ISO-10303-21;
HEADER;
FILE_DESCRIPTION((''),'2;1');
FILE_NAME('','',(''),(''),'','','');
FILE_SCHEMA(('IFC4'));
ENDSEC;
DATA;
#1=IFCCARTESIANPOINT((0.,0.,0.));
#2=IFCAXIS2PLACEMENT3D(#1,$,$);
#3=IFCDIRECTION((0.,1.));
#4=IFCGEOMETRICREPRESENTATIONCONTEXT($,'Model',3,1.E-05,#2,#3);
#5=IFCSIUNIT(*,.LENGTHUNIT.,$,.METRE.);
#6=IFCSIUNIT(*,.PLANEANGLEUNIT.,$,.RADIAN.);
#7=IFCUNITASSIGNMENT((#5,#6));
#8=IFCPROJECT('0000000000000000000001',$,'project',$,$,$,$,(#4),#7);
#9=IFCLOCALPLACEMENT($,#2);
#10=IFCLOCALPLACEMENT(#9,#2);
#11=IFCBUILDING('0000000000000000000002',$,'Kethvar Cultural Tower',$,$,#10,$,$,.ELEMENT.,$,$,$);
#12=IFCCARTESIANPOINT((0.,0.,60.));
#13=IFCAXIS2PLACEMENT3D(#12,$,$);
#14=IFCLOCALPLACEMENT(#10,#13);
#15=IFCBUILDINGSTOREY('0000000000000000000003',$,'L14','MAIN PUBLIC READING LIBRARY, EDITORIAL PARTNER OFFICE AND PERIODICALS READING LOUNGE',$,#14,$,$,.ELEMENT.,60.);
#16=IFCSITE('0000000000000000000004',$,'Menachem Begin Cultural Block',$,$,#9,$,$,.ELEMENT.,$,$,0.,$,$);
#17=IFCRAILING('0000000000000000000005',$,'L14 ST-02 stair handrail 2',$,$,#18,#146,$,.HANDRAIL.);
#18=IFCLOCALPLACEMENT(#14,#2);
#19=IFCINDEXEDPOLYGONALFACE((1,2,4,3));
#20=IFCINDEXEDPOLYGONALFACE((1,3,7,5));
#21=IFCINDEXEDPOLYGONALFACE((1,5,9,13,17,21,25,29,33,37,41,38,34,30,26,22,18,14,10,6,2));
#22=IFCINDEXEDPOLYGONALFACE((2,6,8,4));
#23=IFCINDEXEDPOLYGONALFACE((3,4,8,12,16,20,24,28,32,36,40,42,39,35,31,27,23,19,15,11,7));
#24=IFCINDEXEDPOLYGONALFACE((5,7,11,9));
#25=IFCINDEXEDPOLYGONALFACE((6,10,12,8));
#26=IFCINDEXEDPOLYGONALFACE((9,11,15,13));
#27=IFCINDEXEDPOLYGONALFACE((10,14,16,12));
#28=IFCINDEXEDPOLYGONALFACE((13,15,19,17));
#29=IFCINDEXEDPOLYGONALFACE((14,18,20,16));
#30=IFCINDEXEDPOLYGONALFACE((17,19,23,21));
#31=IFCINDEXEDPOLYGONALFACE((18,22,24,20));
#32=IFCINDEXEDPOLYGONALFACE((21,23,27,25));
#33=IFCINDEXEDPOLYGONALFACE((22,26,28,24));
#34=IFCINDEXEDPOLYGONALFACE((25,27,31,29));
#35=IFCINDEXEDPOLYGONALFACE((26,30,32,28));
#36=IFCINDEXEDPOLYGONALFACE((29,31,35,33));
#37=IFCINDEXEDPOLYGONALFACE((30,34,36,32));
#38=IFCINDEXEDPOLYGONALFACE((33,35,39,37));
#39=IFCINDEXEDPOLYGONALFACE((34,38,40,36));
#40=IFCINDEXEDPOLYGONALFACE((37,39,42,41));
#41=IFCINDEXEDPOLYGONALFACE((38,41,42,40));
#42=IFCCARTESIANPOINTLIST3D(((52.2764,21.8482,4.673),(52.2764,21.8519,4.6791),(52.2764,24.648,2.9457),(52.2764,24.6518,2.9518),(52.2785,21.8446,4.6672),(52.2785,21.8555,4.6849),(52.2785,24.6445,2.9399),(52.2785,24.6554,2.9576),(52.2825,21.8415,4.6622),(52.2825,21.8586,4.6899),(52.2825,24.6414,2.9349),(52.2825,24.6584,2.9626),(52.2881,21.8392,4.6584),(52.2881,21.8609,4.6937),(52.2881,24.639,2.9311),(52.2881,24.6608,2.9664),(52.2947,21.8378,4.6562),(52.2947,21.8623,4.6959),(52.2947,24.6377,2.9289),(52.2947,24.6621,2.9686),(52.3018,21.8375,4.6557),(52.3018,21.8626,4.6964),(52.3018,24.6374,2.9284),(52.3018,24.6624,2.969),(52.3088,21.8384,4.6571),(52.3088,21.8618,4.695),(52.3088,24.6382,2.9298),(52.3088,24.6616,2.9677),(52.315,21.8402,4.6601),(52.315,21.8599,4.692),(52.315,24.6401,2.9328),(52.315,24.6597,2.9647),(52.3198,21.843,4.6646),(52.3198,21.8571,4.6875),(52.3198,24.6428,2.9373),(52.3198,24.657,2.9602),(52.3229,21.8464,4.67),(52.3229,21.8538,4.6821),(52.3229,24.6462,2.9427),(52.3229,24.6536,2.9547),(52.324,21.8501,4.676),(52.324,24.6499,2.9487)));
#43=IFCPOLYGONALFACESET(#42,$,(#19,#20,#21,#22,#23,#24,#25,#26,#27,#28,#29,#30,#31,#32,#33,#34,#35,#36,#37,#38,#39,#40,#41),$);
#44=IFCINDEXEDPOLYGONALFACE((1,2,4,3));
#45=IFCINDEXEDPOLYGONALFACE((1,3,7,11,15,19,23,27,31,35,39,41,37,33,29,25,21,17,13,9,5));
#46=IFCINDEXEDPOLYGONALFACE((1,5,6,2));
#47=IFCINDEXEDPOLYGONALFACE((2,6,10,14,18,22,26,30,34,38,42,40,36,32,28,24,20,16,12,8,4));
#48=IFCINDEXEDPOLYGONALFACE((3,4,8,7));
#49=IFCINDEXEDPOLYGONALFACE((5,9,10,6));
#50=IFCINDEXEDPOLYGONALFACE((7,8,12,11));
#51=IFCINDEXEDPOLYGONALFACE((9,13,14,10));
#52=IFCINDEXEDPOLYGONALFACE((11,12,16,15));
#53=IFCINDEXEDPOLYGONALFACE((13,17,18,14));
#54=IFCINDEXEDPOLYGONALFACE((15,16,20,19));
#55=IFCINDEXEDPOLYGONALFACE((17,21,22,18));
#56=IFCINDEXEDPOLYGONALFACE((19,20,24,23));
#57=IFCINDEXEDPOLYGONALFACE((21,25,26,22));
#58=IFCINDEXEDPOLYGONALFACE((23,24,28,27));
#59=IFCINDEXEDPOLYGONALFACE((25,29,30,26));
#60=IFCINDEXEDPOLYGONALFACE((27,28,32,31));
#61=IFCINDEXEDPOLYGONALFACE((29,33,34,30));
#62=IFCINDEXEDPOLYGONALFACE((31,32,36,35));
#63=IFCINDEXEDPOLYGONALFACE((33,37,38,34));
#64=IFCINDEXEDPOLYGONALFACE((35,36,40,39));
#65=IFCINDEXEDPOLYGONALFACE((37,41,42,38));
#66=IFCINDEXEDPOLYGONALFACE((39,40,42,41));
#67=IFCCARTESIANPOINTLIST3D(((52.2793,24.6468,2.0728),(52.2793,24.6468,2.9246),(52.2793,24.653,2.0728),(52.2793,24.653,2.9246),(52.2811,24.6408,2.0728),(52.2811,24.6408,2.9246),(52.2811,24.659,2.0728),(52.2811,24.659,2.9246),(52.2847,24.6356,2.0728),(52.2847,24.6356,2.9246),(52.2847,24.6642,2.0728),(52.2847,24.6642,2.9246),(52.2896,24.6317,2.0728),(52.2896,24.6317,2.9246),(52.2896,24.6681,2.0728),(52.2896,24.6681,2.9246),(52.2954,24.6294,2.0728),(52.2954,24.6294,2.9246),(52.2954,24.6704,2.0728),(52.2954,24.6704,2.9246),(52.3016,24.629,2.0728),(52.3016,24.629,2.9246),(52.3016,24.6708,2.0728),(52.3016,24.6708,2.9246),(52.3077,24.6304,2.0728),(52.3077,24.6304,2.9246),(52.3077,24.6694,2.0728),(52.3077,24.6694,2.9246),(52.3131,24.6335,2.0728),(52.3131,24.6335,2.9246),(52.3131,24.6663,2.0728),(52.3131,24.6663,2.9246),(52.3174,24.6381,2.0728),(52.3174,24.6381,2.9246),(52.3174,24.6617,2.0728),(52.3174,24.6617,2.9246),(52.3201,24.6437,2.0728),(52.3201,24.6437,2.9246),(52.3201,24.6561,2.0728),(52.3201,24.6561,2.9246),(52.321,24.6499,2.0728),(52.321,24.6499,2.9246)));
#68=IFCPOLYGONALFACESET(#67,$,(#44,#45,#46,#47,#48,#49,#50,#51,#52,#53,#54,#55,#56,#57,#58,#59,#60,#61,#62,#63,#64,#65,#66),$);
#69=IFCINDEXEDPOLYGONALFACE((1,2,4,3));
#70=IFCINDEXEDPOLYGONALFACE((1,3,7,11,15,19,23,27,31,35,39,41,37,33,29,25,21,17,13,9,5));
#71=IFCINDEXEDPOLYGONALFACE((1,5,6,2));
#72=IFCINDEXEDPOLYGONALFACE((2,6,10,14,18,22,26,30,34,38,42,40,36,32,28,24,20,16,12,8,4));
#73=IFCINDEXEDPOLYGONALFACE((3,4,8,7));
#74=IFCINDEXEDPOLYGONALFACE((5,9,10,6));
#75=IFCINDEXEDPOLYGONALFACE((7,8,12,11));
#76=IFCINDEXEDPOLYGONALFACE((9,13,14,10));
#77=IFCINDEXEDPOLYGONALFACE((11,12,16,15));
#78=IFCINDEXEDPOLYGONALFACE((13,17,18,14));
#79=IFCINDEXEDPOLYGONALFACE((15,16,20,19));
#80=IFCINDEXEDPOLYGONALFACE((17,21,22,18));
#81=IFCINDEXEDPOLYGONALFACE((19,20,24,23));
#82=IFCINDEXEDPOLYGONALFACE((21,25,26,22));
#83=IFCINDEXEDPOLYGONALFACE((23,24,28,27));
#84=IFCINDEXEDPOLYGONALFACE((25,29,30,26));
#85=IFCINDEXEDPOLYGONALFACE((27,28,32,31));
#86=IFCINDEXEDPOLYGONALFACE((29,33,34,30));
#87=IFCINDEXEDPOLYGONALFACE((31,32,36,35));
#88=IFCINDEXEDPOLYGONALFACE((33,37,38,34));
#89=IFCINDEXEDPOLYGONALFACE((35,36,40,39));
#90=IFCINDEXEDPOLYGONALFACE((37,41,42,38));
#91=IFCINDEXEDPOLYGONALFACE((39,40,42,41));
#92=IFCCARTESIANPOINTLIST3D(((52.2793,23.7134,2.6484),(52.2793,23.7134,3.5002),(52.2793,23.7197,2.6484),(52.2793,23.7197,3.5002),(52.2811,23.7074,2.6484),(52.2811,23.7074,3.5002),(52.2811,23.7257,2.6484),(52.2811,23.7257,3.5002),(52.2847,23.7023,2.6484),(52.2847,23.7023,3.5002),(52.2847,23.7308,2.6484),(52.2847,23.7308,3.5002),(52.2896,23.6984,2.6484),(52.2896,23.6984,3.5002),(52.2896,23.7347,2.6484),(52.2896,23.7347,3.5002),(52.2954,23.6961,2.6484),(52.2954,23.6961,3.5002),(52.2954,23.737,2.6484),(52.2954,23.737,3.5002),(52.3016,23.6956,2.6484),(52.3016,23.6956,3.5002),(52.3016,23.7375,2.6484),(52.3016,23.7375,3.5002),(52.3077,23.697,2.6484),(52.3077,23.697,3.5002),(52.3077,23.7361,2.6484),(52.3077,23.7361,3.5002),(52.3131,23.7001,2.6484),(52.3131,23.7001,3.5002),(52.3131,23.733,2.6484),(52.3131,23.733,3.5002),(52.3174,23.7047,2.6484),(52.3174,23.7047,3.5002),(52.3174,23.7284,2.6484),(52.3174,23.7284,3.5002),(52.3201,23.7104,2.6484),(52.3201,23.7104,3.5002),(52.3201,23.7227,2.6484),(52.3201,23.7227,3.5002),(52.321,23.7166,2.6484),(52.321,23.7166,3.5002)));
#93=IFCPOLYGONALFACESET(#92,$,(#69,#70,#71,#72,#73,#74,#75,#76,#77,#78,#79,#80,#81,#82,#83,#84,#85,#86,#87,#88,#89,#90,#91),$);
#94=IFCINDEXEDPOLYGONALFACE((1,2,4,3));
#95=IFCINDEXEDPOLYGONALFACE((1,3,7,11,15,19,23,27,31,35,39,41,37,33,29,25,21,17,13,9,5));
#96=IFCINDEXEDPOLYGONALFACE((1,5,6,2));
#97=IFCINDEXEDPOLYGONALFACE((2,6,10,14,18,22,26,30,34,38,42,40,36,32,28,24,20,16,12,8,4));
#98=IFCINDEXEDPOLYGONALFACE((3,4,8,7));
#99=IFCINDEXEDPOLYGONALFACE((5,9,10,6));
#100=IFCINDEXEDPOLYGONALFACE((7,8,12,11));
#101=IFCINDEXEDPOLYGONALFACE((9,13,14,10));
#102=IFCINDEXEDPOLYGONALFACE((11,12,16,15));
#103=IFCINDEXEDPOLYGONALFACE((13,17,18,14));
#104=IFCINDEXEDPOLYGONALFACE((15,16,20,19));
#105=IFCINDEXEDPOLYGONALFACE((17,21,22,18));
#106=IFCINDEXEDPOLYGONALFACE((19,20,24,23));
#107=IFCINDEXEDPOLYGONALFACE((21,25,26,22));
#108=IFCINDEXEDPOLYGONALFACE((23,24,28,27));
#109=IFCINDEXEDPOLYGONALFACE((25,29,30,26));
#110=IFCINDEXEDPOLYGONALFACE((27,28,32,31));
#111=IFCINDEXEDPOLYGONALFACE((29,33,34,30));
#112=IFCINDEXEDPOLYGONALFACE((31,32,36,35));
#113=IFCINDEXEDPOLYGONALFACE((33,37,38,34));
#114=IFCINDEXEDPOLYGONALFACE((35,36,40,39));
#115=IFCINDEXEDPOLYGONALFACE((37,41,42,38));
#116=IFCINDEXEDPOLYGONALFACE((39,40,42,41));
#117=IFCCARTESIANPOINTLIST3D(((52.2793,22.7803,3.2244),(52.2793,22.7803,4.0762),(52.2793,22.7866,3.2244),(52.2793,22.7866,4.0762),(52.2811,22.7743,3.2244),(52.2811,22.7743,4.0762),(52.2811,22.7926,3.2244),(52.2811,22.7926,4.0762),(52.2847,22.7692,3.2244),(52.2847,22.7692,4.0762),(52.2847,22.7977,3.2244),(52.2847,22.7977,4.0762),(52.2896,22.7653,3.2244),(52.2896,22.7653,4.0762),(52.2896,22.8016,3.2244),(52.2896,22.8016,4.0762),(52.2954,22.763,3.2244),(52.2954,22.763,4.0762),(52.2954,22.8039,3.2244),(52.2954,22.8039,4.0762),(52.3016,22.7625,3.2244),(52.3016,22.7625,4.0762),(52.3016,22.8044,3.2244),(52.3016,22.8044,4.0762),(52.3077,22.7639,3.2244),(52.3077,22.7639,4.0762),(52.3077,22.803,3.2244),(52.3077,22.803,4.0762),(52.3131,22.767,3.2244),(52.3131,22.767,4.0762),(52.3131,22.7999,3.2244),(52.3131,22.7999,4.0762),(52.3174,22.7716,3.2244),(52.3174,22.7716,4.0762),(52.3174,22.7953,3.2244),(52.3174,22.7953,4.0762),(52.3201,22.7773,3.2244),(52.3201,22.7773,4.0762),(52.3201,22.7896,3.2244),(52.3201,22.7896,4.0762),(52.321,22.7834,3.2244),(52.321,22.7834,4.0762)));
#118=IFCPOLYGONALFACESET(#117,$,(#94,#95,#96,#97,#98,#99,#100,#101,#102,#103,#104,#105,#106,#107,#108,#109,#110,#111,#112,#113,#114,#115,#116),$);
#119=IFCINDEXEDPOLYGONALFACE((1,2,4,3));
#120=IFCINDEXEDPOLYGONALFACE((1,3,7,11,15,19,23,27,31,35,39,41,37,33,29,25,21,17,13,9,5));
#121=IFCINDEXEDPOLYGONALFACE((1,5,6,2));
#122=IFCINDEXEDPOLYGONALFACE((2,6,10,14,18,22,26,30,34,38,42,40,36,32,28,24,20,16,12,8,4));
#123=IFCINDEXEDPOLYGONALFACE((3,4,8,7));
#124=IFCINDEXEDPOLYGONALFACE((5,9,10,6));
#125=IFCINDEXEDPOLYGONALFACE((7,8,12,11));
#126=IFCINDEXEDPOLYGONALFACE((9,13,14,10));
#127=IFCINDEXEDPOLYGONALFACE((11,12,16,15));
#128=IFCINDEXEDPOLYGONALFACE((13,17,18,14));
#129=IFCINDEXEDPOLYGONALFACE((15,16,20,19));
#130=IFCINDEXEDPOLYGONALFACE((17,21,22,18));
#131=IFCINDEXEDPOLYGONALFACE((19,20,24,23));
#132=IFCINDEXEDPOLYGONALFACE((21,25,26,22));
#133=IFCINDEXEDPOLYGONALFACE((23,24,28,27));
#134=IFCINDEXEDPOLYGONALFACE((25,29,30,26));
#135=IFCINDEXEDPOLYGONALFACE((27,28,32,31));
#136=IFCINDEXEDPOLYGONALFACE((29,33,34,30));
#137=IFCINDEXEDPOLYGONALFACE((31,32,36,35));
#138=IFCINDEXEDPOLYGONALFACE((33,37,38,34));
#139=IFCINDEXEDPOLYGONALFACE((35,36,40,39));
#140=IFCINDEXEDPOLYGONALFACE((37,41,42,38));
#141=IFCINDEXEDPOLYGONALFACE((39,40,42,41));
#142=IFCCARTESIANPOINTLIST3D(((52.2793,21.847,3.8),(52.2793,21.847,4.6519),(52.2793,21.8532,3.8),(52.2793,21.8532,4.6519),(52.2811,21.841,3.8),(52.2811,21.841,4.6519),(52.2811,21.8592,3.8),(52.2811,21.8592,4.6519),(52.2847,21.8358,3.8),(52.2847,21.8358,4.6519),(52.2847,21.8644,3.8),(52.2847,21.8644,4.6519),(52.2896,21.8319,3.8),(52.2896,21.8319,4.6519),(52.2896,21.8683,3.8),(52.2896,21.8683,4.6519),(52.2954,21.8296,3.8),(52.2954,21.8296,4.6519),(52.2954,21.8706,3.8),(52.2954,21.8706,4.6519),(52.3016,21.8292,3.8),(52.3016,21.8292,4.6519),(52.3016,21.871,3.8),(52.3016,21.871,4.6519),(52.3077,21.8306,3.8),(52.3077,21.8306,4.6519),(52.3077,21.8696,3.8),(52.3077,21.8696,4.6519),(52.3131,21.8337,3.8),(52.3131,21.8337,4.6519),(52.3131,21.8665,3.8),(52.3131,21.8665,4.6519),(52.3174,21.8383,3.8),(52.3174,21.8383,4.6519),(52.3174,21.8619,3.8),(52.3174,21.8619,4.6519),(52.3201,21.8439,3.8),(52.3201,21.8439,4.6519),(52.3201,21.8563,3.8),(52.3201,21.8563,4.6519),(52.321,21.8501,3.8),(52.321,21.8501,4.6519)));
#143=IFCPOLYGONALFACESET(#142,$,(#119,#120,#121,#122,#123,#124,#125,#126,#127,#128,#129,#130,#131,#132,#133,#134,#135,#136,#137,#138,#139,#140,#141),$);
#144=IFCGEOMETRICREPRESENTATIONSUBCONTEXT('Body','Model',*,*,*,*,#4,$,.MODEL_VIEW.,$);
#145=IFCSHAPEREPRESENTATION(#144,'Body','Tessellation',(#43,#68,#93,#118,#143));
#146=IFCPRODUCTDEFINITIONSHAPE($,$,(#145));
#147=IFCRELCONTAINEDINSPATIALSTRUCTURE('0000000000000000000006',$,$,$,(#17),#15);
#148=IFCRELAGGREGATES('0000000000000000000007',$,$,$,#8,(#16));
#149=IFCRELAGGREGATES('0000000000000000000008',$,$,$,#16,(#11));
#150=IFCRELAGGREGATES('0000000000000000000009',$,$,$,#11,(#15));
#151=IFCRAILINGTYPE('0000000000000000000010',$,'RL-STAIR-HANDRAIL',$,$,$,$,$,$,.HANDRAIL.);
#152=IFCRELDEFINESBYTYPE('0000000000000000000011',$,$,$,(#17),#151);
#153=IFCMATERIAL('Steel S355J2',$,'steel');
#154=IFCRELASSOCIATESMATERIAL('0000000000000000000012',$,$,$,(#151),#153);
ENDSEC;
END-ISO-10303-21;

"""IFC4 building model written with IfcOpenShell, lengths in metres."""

from ifc_helpers import new_model, si_unit, direction, frame, origin, origin_2d, place, context, subcontext, project, spatial, circle, extrude, material, type_object, element, save


model = new_model("IFC4")

# Units and contexts
model_context = context("Model", 3, precision=1e-05, world=origin(), true_north=direction((0.0, 1.0)))
body_context = subcontext(model_context, "Body", "Model", "MODEL_VIEW")
ifc_project = project(units=[si_unit("LENGTHUNIT", "METRE"), si_unit("PLANEANGLEUNIT", "RADIAN")], contexts=[model_context])

# Site, building, storey
site_placement = place(None, origin())
site = spatial("IfcSite", under=ifc_project, at=site_placement, Name="Menachem Begin Cultural Block", CompositionType="ELEMENT", RefElevation=0.0)
building_placement = place(site_placement, origin())
building = spatial("IfcBuilding", under=site, at=building_placement, Name="Kethvar Cultural Tower", CompositionType="ELEMENT")
storey_placement = place(building_placement, frame((0.0, 0.0, 60.0)))
storey = spatial("IfcBuildingStorey", under=building, at=storey_placement, Name="L14", Description="MAIN PUBLIC READING LIBRARY, EDITORIAL PARTNER OFFICE AND PERIODICALS READING LOUNGE", CompositionType="ELEMENT", Elevation=60.0)

# Shared definitions
ifc_material_1 = material(Name="Steel S355J2", Category="steel")

# Railing
railing_type_1 = type_object("IfcRailingType", Name="RL-STAIR-HANDRAIL", PredefinedType="HANDRAIL", material=ifc_material_1)
railing_1_placement = place(storey_placement, frame((52.3, 24.6499, 2.0728)))
element("IfcRailing", 1, at=railing_1_placement, inside=storey, type_object=railing_type_1, Name="L14 ST-02 stair handrail 2", PredefinedType="HANDRAIL", context=body_context, shape_type="SweptSolid", body=[
    extrude(circle(Radius=0.0239, at=origin_2d()), frame((0.0, 0.0, 0.876), z_axis=(0.0, -0.851069, 0.525054), x_axis=(1.0, 0.0, 0.0)), (0.0, 0.0, 1.0), 3.2898),
    extrude(circle(Radius=0.021, at=origin_2d()), origin(), (0.0, 0.0, 1.0), 0.8518),
    extrude(circle(Radius=0.021, at=origin_2d()), frame((0.0, -0.9333, 0.5757)), (0.0, 0.0, 1.0), 0.8518),
    extrude(circle(Radius=0.021, at=origin_2d()), frame((0.0, -1.8665, 1.1516)), (0.0, 0.0, 1.0), 0.8518),
    extrude(circle(Radius=0.021, at=origin_2d()), frame((0.0, -2.7998, 1.7273)), (0.0, 0.0, 1.0), 0.8518),
])

save(model, "model.ifc")
